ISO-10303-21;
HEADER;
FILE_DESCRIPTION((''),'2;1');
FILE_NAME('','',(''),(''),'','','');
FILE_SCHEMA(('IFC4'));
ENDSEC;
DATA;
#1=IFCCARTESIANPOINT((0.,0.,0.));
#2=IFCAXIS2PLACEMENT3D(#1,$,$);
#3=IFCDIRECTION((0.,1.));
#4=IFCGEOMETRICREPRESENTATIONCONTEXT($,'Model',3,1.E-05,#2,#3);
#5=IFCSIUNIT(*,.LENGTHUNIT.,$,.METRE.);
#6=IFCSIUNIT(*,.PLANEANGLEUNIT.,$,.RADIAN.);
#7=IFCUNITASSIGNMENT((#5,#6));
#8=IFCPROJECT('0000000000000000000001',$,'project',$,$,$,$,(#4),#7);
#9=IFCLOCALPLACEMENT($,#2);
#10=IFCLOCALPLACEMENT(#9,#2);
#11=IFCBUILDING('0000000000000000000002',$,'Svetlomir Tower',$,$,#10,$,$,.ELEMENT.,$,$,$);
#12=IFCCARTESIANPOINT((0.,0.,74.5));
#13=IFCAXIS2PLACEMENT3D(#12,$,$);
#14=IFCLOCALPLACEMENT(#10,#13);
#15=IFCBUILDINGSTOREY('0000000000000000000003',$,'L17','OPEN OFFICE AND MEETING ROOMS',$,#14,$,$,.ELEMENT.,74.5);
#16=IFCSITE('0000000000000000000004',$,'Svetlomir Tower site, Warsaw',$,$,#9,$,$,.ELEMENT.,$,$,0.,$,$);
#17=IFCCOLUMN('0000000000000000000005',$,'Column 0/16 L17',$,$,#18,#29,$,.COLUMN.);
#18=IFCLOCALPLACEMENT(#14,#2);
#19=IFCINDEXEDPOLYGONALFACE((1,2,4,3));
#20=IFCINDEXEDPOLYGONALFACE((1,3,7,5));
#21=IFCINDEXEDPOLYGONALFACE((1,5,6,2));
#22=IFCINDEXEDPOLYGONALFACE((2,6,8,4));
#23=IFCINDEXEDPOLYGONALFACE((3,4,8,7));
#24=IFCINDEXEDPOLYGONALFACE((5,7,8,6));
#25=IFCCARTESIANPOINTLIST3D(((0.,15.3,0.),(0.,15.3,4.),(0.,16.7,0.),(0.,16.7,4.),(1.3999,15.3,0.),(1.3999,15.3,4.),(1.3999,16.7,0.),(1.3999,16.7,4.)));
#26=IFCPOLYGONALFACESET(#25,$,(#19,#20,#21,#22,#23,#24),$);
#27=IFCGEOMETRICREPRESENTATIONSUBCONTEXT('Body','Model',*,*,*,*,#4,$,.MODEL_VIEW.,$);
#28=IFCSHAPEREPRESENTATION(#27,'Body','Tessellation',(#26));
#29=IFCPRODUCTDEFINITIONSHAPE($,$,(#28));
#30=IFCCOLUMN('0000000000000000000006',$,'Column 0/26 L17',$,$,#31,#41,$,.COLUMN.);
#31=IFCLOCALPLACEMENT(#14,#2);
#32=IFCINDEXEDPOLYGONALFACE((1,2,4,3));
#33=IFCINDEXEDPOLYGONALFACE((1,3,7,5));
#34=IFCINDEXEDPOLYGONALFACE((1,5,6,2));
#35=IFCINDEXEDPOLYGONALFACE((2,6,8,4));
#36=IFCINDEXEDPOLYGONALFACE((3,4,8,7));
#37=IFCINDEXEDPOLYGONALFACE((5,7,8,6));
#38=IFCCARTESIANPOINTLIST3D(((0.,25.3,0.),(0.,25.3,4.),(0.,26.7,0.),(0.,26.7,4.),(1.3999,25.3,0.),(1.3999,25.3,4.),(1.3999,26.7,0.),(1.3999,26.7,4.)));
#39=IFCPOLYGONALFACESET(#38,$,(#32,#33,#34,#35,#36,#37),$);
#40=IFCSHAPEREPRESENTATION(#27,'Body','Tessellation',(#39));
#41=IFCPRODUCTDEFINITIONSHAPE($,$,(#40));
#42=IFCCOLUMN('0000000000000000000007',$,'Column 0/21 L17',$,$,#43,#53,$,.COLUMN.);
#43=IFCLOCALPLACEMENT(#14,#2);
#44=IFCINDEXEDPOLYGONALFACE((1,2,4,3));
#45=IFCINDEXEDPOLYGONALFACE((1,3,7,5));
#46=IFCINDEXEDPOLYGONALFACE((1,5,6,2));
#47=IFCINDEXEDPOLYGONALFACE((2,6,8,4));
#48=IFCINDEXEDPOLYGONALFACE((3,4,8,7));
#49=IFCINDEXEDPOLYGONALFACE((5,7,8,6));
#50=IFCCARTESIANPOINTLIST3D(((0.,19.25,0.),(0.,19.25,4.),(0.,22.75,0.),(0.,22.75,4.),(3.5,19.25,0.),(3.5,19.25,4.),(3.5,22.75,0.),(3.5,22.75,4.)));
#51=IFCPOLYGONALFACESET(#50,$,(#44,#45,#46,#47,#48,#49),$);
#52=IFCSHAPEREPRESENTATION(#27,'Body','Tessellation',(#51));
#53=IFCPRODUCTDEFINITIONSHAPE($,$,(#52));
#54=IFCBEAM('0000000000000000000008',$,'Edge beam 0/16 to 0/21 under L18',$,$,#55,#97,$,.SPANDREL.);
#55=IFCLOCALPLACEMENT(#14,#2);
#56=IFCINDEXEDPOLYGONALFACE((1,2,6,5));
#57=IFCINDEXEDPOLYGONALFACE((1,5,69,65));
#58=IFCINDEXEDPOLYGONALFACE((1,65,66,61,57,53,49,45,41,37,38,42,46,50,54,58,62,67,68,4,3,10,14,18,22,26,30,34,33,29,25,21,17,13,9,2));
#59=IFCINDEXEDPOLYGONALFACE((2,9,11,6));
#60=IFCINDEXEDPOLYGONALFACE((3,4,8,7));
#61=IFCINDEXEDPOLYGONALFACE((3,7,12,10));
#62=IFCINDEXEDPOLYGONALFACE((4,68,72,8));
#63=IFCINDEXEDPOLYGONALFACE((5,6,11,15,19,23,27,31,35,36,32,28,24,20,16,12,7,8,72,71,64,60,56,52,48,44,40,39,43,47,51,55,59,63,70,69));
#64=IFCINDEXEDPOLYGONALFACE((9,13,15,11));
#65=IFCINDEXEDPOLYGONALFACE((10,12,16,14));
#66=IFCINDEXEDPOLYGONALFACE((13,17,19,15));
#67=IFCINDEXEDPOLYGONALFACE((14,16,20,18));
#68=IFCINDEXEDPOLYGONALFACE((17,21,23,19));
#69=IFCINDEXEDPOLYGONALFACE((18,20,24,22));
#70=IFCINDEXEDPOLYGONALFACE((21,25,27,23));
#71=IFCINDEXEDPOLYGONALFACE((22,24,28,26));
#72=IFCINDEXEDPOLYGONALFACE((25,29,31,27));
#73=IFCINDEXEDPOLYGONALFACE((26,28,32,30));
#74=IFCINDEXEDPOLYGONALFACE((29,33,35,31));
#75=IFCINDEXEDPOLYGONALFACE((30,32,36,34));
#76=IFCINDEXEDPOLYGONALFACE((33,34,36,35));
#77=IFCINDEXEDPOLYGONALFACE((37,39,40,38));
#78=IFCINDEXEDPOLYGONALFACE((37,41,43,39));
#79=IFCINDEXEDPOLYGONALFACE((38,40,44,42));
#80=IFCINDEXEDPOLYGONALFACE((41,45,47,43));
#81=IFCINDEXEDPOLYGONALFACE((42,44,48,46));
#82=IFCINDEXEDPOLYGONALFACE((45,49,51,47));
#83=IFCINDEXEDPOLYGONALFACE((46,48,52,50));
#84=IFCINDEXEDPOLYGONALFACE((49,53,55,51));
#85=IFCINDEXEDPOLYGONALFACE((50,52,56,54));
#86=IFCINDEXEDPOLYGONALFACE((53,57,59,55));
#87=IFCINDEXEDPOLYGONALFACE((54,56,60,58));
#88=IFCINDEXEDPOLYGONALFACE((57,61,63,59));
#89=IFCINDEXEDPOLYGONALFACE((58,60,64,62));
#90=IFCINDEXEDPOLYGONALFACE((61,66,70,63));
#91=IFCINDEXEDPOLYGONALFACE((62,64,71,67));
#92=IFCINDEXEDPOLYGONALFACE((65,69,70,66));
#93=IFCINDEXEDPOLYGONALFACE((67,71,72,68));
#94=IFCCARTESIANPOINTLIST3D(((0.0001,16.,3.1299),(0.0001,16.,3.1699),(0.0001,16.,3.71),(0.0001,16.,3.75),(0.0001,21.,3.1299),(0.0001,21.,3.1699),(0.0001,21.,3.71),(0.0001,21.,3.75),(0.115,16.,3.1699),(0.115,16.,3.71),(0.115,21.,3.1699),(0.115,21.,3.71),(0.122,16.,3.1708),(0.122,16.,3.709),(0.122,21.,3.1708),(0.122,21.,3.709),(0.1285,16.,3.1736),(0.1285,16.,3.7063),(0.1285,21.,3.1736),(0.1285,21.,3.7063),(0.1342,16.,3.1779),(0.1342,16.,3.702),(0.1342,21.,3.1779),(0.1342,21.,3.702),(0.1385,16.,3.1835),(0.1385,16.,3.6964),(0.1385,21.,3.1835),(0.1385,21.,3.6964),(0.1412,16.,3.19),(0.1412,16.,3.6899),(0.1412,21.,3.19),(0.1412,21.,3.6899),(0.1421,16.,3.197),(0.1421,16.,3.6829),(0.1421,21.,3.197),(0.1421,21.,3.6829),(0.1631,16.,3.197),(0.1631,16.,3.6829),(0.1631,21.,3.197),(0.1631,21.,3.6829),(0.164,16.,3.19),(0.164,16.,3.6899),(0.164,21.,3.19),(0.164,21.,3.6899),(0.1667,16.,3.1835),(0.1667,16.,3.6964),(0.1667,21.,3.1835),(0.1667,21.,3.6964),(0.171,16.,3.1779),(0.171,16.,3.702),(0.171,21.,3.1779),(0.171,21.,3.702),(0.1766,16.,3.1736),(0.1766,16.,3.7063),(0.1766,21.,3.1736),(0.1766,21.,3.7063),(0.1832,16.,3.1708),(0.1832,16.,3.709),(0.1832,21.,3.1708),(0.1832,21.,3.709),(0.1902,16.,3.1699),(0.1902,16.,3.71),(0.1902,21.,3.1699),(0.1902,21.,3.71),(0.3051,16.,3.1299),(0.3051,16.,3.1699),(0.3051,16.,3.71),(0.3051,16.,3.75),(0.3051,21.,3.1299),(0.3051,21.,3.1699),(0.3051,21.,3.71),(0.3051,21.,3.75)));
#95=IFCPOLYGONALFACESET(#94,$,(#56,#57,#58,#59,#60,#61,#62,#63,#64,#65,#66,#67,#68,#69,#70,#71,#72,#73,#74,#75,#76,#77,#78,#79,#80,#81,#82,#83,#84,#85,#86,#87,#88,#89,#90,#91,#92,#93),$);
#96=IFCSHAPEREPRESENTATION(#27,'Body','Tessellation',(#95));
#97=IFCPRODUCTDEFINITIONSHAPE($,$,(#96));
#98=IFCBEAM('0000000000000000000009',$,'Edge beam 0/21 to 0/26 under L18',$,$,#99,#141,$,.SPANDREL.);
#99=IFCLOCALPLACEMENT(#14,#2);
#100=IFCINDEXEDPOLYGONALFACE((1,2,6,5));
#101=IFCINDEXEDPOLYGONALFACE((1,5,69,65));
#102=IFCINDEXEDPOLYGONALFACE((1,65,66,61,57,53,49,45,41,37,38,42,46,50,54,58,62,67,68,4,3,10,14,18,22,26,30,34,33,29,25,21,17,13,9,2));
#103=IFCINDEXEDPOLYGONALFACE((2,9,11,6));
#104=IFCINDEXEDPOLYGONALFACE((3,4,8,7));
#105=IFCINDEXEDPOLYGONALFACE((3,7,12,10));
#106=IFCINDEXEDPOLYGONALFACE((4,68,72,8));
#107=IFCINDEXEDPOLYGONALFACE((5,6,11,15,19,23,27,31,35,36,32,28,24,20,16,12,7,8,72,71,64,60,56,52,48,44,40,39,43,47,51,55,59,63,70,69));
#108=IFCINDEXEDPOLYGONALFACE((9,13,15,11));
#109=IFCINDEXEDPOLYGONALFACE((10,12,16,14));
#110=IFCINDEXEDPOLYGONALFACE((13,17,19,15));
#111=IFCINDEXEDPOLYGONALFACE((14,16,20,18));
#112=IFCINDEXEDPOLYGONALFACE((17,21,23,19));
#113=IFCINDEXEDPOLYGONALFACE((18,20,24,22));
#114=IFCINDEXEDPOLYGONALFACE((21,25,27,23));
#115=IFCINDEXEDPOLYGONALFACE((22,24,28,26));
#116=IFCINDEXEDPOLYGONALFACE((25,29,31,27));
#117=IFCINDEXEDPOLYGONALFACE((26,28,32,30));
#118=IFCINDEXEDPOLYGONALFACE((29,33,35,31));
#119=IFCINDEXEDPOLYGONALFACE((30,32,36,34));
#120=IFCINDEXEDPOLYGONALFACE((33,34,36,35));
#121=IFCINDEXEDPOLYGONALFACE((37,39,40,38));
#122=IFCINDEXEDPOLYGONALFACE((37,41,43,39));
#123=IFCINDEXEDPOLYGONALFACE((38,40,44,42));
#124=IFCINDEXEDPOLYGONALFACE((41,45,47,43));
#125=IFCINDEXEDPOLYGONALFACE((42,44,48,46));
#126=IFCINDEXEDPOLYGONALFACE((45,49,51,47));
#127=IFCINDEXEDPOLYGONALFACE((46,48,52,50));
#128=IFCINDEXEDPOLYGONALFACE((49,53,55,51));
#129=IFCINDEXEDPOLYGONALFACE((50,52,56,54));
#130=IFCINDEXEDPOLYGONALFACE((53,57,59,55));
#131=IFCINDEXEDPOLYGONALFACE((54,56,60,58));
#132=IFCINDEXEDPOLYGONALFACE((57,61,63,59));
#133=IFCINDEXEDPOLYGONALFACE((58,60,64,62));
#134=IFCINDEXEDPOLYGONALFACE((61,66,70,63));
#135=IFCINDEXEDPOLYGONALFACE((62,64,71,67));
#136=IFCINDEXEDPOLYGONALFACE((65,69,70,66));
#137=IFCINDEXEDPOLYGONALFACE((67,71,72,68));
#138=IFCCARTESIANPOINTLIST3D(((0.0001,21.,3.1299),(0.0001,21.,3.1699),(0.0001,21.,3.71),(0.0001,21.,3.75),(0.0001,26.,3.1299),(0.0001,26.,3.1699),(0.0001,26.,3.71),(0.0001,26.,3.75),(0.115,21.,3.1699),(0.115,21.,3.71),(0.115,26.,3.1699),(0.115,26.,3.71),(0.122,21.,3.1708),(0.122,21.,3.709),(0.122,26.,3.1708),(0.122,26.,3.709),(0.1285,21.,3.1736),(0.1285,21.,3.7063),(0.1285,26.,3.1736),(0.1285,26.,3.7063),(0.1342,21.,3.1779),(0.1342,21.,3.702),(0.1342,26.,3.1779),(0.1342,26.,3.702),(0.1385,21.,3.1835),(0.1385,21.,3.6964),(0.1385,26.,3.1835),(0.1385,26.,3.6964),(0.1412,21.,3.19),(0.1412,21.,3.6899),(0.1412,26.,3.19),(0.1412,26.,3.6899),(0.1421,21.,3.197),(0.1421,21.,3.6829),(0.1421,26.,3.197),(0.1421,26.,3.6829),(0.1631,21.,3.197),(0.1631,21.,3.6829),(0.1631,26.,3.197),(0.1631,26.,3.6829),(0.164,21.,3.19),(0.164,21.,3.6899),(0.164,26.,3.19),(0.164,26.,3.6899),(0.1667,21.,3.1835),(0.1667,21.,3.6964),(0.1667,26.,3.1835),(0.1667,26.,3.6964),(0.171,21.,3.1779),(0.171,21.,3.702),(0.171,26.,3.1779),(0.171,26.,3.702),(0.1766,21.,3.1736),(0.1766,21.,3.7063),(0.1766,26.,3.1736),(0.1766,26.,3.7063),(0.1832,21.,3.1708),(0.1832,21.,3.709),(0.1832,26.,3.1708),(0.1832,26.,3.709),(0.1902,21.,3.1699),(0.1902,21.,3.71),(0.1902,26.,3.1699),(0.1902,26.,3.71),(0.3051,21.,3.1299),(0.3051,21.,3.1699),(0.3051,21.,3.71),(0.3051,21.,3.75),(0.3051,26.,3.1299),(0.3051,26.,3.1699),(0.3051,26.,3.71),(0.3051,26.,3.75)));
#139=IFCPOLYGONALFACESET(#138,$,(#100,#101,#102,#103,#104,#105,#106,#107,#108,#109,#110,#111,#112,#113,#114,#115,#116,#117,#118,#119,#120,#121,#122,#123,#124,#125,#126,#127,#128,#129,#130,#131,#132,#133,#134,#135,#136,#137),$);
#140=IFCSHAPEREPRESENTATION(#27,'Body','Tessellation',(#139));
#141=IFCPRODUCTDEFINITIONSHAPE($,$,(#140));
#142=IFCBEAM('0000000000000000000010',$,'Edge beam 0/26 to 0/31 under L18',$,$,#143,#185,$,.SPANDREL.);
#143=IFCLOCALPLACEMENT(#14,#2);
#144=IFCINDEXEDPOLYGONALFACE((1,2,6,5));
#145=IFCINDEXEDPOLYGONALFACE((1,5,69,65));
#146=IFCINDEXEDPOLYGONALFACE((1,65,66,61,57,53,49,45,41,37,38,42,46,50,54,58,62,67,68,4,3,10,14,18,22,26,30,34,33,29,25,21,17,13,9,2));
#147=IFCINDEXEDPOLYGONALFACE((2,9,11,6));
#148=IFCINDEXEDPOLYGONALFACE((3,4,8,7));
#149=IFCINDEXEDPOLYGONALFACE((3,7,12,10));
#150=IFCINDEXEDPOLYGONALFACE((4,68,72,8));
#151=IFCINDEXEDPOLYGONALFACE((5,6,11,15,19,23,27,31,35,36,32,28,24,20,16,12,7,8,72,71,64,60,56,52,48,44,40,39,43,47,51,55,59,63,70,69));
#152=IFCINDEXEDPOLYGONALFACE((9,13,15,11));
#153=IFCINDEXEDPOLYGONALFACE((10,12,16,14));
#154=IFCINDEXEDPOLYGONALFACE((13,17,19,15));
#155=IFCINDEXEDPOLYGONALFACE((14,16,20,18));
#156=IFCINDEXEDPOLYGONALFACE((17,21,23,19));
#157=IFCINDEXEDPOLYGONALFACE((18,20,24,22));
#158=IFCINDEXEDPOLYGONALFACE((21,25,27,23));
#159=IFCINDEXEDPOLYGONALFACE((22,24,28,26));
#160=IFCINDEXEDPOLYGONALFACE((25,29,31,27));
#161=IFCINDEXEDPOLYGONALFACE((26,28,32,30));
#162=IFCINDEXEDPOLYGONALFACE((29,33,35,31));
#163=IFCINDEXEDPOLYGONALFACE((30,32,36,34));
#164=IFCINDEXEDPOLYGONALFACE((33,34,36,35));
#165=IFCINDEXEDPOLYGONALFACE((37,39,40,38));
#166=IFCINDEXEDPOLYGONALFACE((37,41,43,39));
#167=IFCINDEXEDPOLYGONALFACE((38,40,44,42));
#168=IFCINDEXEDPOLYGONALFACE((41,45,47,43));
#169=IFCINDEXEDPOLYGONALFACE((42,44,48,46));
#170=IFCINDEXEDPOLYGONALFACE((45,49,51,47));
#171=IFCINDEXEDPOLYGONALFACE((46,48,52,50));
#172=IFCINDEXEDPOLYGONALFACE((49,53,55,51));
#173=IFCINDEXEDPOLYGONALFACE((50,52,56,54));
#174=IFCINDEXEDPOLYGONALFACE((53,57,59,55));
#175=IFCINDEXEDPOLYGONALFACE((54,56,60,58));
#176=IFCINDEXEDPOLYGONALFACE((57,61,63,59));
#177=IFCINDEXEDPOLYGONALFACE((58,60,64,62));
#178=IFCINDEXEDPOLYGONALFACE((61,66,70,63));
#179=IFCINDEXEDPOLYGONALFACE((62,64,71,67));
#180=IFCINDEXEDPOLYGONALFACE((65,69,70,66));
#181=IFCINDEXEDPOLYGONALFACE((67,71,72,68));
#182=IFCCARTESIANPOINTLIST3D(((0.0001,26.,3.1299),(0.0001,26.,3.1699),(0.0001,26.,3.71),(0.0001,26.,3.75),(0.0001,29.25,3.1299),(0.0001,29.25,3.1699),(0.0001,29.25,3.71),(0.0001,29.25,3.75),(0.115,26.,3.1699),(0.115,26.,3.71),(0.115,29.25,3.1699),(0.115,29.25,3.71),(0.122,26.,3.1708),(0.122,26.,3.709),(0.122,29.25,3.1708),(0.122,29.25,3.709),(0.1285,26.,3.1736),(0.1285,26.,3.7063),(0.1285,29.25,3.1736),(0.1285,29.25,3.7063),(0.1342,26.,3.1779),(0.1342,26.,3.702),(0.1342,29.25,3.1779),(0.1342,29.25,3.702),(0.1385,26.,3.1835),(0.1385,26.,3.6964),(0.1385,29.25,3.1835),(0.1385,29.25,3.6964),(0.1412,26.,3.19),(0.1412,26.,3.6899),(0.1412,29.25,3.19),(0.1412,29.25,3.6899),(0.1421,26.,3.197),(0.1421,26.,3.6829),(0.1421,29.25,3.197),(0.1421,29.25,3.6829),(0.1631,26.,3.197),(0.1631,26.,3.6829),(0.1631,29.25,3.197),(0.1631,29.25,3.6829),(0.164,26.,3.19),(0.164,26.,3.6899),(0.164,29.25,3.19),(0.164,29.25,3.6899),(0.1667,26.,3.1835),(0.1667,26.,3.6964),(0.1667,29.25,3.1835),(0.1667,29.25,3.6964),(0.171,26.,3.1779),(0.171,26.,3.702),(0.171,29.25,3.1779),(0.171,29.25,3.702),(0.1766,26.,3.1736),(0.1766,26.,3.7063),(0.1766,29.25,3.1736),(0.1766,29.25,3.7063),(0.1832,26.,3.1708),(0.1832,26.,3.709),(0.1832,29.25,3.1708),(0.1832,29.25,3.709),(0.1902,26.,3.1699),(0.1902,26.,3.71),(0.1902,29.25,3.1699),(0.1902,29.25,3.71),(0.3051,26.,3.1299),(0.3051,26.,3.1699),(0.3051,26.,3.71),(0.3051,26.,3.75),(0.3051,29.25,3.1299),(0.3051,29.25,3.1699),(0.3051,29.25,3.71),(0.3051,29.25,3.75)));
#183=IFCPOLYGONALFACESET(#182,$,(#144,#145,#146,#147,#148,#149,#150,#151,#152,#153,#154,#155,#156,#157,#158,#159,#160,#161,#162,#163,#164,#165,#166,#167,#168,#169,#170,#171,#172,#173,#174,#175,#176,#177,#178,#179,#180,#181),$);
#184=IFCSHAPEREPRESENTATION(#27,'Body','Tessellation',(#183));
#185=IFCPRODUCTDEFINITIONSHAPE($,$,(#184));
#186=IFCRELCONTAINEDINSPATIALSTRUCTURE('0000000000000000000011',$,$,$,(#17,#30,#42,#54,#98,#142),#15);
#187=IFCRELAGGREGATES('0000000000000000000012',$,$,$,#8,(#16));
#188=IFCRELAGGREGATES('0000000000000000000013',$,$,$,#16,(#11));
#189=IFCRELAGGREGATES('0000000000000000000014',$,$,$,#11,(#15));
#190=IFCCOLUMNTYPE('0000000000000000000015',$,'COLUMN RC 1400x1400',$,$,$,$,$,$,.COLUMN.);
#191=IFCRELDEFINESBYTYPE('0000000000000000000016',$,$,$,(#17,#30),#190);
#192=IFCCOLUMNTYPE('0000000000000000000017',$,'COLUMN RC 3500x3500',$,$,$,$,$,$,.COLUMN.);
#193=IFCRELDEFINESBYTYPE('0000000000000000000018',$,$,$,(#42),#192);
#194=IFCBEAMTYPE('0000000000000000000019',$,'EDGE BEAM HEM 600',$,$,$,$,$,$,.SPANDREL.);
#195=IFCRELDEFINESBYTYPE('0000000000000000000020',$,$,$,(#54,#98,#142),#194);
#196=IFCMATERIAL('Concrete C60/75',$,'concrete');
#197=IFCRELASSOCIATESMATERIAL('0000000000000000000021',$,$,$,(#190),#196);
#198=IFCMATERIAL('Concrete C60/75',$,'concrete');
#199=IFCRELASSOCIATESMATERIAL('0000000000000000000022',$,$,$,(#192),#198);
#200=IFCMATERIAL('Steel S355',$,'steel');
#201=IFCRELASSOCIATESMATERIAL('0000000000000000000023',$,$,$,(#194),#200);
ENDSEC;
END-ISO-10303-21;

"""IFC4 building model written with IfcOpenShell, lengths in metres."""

from ifc_helpers import new_model, si_unit, direction, frame, origin, origin_2d, place, context, subcontext, project, spatial, rectangle, i_section, extrude, material, material_profile, profile_set, type_object, element, save


model = new_model("IFC4")

# Units and contexts
model_context = context("Model", 3, precision=1e-05, world=origin(), true_north=direction((0.0, 1.0)))
body_context = subcontext(model_context, "Body", "Model", "MODEL_VIEW")
ifc_project = project(units=[si_unit("LENGTHUNIT", "METRE"), si_unit("PLANEANGLEUNIT", "RADIAN")], contexts=[model_context])

# Site, building, storey
site_placement = place(None, origin())
site = spatial("IfcSite", under=ifc_project, at=site_placement, Name="Svetlomir Tower site, Warsaw", CompositionType="ELEMENT", RefElevation=0.0)
building_placement = place(site_placement, origin())
building = spatial("IfcBuilding", under=site, at=building_placement, Name="Svetlomir Tower", CompositionType="ELEMENT")
storey_placement = place(building_placement, frame((0.0, 0.0, 74.5)))
storey = spatial("IfcBuildingStorey", under=building, at=storey_placement, Name="L17", Description="OPEN OFFICE AND MEETING ROOMS", CompositionType="ELEMENT", Elevation=74.5)

# Columns
ifc_material_1 = material(Name="Concrete C60/75", Category="concrete")
ifc_material_profile_1 = material_profile(ifc_material_1, rectangle(XDim=1.3999, YDim=1.3999, at=origin_2d()), Name="RC 1400x1400")
ifc_profile_set_1 = profile_set([ifc_material_profile_1], Name="Concrete C60/75")
column_type_1 = type_object("IfcColumnType", Name="COLUMN RC 1400x1400", PredefinedType="COLUMN", material=ifc_profile_set_1)
for number, where, z_axis, x_axis, name in (
    (1, (0.7, 16.0, 0.0), (0.0, 0.0, 1.0), (1.0, 0.0, 0.0), "Column 0/16 L17"),
    (2, (0.7, 26.0, 0.0), (0.0, 0.0, 1.0), (1.0, 0.0, 0.0), "Column 0/26 L17"),
):
    element("IfcColumn", number, at=place(storey_placement, frame(where, z_axis=z_axis, x_axis=x_axis)), inside=storey, type_object=column_type_1, Name=name, PredefinedType="COLUMN", context=body_context, shape_type="SweptSolid", body=[
        extrude(rectangle(XDim=1.3999, YDim=1.3999, at=origin_2d()), origin(), (0.0, 0.0, 1.0), 4.0),
    ])
ifc_material_2 = material(Name="Concrete C60/75", Category="concrete")
ifc_material_profile_2 = material_profile(ifc_material_2, rectangle(XDim=3.5, YDim=3.5, at=origin_2d()), Name="RC 3500x3500")
ifc_profile_set_2 = profile_set([ifc_material_profile_2], Name="Concrete C60/75")
column_type_2 = type_object("IfcColumnType", Name="COLUMN RC 3500x3500", PredefinedType="COLUMN", material=ifc_profile_set_2)
column_placement = place(storey_placement, frame((1.75, 21.0, 0.0), z_axis=(0.0, 0.0, 1.0), x_axis=(1.0, 0.0, 0.0)))
element("IfcColumn", 3, at=column_placement, inside=storey, type_object=column_type_2, Name="Column 0/21 L17", PredefinedType="COLUMN", context=body_context, shape_type="SweptSolid", body=[
    extrude(rectangle(XDim=3.5, YDim=3.5, at=origin_2d()), origin(), (0.0, 0.0, 1.0), 4.0),
])

# Beams
ifc_material_3 = material(Name="Steel S355", Category="steel")
ifc_material_profile_3 = material_profile(ifc_material_3, i_section(OverallWidth=0.3049, OverallDepth=0.6201, WebThickness=0.021, FlangeThickness=0.04, FilletRadius=0.0271, at=origin_2d()), Name="HEM 600")
ifc_profile_set_3 = profile_set([ifc_material_profile_3], Name="Steel S355")
beam_type = type_object("IfcBeamType", Name="EDGE BEAM HEM 600", PredefinedType="SPANDREL", material=ifc_profile_set_3)
for number, where, z_axis, x_axis, name in (
    (4, (0.1526, 16.0, 3.4399), (0.0, 1.0, 0.0), (-1.0, 0.0, 0.0), "Edge beam 0/16 to 0/21 under L18"),
    (5, (0.1526, 21.0, 3.4399), (0.0, 1.0, 0.0), (-1.0, 0.0, 0.0), "Edge beam 0/21 to 0/26 under L18"),
):
    element("IfcBeam", number, at=place(storey_placement, frame(where, z_axis=z_axis, x_axis=x_axis)), inside=storey, type_object=beam_type, Name=name, PredefinedType="SPANDREL", context=body_context, shape_type="SweptSolid", body=[
        extrude(i_section(OverallWidth=0.3049, OverallDepth=0.6201, WebThickness=0.021, FlangeThickness=0.04, FilletRadius=0.0271, at=origin_2d()), origin(), (0.0, 0.0, 1.0), 5.0),
    ])
beam_placement = place(storey_placement, frame((0.1526, 26.0, 3.4399), z_axis=(0.0, 1.0, 0.0), x_axis=(-1.0, 0.0, 0.0)))
element("IfcBeam", 6, at=beam_placement, inside=storey, type_object=beam_type, Name="Edge beam 0/26 to 0/31 under L18", PredefinedType="SPANDREL", context=body_context, shape_type="SweptSolid", body=[
    extrude(i_section(OverallWidth=0.3049, OverallDepth=0.6201, WebThickness=0.021, FlangeThickness=0.04, FilletRadius=0.0271, at=origin_2d()), origin(), (0.0, 0.0, 1.0), 3.25),
])

save(model, "model.ifc")
